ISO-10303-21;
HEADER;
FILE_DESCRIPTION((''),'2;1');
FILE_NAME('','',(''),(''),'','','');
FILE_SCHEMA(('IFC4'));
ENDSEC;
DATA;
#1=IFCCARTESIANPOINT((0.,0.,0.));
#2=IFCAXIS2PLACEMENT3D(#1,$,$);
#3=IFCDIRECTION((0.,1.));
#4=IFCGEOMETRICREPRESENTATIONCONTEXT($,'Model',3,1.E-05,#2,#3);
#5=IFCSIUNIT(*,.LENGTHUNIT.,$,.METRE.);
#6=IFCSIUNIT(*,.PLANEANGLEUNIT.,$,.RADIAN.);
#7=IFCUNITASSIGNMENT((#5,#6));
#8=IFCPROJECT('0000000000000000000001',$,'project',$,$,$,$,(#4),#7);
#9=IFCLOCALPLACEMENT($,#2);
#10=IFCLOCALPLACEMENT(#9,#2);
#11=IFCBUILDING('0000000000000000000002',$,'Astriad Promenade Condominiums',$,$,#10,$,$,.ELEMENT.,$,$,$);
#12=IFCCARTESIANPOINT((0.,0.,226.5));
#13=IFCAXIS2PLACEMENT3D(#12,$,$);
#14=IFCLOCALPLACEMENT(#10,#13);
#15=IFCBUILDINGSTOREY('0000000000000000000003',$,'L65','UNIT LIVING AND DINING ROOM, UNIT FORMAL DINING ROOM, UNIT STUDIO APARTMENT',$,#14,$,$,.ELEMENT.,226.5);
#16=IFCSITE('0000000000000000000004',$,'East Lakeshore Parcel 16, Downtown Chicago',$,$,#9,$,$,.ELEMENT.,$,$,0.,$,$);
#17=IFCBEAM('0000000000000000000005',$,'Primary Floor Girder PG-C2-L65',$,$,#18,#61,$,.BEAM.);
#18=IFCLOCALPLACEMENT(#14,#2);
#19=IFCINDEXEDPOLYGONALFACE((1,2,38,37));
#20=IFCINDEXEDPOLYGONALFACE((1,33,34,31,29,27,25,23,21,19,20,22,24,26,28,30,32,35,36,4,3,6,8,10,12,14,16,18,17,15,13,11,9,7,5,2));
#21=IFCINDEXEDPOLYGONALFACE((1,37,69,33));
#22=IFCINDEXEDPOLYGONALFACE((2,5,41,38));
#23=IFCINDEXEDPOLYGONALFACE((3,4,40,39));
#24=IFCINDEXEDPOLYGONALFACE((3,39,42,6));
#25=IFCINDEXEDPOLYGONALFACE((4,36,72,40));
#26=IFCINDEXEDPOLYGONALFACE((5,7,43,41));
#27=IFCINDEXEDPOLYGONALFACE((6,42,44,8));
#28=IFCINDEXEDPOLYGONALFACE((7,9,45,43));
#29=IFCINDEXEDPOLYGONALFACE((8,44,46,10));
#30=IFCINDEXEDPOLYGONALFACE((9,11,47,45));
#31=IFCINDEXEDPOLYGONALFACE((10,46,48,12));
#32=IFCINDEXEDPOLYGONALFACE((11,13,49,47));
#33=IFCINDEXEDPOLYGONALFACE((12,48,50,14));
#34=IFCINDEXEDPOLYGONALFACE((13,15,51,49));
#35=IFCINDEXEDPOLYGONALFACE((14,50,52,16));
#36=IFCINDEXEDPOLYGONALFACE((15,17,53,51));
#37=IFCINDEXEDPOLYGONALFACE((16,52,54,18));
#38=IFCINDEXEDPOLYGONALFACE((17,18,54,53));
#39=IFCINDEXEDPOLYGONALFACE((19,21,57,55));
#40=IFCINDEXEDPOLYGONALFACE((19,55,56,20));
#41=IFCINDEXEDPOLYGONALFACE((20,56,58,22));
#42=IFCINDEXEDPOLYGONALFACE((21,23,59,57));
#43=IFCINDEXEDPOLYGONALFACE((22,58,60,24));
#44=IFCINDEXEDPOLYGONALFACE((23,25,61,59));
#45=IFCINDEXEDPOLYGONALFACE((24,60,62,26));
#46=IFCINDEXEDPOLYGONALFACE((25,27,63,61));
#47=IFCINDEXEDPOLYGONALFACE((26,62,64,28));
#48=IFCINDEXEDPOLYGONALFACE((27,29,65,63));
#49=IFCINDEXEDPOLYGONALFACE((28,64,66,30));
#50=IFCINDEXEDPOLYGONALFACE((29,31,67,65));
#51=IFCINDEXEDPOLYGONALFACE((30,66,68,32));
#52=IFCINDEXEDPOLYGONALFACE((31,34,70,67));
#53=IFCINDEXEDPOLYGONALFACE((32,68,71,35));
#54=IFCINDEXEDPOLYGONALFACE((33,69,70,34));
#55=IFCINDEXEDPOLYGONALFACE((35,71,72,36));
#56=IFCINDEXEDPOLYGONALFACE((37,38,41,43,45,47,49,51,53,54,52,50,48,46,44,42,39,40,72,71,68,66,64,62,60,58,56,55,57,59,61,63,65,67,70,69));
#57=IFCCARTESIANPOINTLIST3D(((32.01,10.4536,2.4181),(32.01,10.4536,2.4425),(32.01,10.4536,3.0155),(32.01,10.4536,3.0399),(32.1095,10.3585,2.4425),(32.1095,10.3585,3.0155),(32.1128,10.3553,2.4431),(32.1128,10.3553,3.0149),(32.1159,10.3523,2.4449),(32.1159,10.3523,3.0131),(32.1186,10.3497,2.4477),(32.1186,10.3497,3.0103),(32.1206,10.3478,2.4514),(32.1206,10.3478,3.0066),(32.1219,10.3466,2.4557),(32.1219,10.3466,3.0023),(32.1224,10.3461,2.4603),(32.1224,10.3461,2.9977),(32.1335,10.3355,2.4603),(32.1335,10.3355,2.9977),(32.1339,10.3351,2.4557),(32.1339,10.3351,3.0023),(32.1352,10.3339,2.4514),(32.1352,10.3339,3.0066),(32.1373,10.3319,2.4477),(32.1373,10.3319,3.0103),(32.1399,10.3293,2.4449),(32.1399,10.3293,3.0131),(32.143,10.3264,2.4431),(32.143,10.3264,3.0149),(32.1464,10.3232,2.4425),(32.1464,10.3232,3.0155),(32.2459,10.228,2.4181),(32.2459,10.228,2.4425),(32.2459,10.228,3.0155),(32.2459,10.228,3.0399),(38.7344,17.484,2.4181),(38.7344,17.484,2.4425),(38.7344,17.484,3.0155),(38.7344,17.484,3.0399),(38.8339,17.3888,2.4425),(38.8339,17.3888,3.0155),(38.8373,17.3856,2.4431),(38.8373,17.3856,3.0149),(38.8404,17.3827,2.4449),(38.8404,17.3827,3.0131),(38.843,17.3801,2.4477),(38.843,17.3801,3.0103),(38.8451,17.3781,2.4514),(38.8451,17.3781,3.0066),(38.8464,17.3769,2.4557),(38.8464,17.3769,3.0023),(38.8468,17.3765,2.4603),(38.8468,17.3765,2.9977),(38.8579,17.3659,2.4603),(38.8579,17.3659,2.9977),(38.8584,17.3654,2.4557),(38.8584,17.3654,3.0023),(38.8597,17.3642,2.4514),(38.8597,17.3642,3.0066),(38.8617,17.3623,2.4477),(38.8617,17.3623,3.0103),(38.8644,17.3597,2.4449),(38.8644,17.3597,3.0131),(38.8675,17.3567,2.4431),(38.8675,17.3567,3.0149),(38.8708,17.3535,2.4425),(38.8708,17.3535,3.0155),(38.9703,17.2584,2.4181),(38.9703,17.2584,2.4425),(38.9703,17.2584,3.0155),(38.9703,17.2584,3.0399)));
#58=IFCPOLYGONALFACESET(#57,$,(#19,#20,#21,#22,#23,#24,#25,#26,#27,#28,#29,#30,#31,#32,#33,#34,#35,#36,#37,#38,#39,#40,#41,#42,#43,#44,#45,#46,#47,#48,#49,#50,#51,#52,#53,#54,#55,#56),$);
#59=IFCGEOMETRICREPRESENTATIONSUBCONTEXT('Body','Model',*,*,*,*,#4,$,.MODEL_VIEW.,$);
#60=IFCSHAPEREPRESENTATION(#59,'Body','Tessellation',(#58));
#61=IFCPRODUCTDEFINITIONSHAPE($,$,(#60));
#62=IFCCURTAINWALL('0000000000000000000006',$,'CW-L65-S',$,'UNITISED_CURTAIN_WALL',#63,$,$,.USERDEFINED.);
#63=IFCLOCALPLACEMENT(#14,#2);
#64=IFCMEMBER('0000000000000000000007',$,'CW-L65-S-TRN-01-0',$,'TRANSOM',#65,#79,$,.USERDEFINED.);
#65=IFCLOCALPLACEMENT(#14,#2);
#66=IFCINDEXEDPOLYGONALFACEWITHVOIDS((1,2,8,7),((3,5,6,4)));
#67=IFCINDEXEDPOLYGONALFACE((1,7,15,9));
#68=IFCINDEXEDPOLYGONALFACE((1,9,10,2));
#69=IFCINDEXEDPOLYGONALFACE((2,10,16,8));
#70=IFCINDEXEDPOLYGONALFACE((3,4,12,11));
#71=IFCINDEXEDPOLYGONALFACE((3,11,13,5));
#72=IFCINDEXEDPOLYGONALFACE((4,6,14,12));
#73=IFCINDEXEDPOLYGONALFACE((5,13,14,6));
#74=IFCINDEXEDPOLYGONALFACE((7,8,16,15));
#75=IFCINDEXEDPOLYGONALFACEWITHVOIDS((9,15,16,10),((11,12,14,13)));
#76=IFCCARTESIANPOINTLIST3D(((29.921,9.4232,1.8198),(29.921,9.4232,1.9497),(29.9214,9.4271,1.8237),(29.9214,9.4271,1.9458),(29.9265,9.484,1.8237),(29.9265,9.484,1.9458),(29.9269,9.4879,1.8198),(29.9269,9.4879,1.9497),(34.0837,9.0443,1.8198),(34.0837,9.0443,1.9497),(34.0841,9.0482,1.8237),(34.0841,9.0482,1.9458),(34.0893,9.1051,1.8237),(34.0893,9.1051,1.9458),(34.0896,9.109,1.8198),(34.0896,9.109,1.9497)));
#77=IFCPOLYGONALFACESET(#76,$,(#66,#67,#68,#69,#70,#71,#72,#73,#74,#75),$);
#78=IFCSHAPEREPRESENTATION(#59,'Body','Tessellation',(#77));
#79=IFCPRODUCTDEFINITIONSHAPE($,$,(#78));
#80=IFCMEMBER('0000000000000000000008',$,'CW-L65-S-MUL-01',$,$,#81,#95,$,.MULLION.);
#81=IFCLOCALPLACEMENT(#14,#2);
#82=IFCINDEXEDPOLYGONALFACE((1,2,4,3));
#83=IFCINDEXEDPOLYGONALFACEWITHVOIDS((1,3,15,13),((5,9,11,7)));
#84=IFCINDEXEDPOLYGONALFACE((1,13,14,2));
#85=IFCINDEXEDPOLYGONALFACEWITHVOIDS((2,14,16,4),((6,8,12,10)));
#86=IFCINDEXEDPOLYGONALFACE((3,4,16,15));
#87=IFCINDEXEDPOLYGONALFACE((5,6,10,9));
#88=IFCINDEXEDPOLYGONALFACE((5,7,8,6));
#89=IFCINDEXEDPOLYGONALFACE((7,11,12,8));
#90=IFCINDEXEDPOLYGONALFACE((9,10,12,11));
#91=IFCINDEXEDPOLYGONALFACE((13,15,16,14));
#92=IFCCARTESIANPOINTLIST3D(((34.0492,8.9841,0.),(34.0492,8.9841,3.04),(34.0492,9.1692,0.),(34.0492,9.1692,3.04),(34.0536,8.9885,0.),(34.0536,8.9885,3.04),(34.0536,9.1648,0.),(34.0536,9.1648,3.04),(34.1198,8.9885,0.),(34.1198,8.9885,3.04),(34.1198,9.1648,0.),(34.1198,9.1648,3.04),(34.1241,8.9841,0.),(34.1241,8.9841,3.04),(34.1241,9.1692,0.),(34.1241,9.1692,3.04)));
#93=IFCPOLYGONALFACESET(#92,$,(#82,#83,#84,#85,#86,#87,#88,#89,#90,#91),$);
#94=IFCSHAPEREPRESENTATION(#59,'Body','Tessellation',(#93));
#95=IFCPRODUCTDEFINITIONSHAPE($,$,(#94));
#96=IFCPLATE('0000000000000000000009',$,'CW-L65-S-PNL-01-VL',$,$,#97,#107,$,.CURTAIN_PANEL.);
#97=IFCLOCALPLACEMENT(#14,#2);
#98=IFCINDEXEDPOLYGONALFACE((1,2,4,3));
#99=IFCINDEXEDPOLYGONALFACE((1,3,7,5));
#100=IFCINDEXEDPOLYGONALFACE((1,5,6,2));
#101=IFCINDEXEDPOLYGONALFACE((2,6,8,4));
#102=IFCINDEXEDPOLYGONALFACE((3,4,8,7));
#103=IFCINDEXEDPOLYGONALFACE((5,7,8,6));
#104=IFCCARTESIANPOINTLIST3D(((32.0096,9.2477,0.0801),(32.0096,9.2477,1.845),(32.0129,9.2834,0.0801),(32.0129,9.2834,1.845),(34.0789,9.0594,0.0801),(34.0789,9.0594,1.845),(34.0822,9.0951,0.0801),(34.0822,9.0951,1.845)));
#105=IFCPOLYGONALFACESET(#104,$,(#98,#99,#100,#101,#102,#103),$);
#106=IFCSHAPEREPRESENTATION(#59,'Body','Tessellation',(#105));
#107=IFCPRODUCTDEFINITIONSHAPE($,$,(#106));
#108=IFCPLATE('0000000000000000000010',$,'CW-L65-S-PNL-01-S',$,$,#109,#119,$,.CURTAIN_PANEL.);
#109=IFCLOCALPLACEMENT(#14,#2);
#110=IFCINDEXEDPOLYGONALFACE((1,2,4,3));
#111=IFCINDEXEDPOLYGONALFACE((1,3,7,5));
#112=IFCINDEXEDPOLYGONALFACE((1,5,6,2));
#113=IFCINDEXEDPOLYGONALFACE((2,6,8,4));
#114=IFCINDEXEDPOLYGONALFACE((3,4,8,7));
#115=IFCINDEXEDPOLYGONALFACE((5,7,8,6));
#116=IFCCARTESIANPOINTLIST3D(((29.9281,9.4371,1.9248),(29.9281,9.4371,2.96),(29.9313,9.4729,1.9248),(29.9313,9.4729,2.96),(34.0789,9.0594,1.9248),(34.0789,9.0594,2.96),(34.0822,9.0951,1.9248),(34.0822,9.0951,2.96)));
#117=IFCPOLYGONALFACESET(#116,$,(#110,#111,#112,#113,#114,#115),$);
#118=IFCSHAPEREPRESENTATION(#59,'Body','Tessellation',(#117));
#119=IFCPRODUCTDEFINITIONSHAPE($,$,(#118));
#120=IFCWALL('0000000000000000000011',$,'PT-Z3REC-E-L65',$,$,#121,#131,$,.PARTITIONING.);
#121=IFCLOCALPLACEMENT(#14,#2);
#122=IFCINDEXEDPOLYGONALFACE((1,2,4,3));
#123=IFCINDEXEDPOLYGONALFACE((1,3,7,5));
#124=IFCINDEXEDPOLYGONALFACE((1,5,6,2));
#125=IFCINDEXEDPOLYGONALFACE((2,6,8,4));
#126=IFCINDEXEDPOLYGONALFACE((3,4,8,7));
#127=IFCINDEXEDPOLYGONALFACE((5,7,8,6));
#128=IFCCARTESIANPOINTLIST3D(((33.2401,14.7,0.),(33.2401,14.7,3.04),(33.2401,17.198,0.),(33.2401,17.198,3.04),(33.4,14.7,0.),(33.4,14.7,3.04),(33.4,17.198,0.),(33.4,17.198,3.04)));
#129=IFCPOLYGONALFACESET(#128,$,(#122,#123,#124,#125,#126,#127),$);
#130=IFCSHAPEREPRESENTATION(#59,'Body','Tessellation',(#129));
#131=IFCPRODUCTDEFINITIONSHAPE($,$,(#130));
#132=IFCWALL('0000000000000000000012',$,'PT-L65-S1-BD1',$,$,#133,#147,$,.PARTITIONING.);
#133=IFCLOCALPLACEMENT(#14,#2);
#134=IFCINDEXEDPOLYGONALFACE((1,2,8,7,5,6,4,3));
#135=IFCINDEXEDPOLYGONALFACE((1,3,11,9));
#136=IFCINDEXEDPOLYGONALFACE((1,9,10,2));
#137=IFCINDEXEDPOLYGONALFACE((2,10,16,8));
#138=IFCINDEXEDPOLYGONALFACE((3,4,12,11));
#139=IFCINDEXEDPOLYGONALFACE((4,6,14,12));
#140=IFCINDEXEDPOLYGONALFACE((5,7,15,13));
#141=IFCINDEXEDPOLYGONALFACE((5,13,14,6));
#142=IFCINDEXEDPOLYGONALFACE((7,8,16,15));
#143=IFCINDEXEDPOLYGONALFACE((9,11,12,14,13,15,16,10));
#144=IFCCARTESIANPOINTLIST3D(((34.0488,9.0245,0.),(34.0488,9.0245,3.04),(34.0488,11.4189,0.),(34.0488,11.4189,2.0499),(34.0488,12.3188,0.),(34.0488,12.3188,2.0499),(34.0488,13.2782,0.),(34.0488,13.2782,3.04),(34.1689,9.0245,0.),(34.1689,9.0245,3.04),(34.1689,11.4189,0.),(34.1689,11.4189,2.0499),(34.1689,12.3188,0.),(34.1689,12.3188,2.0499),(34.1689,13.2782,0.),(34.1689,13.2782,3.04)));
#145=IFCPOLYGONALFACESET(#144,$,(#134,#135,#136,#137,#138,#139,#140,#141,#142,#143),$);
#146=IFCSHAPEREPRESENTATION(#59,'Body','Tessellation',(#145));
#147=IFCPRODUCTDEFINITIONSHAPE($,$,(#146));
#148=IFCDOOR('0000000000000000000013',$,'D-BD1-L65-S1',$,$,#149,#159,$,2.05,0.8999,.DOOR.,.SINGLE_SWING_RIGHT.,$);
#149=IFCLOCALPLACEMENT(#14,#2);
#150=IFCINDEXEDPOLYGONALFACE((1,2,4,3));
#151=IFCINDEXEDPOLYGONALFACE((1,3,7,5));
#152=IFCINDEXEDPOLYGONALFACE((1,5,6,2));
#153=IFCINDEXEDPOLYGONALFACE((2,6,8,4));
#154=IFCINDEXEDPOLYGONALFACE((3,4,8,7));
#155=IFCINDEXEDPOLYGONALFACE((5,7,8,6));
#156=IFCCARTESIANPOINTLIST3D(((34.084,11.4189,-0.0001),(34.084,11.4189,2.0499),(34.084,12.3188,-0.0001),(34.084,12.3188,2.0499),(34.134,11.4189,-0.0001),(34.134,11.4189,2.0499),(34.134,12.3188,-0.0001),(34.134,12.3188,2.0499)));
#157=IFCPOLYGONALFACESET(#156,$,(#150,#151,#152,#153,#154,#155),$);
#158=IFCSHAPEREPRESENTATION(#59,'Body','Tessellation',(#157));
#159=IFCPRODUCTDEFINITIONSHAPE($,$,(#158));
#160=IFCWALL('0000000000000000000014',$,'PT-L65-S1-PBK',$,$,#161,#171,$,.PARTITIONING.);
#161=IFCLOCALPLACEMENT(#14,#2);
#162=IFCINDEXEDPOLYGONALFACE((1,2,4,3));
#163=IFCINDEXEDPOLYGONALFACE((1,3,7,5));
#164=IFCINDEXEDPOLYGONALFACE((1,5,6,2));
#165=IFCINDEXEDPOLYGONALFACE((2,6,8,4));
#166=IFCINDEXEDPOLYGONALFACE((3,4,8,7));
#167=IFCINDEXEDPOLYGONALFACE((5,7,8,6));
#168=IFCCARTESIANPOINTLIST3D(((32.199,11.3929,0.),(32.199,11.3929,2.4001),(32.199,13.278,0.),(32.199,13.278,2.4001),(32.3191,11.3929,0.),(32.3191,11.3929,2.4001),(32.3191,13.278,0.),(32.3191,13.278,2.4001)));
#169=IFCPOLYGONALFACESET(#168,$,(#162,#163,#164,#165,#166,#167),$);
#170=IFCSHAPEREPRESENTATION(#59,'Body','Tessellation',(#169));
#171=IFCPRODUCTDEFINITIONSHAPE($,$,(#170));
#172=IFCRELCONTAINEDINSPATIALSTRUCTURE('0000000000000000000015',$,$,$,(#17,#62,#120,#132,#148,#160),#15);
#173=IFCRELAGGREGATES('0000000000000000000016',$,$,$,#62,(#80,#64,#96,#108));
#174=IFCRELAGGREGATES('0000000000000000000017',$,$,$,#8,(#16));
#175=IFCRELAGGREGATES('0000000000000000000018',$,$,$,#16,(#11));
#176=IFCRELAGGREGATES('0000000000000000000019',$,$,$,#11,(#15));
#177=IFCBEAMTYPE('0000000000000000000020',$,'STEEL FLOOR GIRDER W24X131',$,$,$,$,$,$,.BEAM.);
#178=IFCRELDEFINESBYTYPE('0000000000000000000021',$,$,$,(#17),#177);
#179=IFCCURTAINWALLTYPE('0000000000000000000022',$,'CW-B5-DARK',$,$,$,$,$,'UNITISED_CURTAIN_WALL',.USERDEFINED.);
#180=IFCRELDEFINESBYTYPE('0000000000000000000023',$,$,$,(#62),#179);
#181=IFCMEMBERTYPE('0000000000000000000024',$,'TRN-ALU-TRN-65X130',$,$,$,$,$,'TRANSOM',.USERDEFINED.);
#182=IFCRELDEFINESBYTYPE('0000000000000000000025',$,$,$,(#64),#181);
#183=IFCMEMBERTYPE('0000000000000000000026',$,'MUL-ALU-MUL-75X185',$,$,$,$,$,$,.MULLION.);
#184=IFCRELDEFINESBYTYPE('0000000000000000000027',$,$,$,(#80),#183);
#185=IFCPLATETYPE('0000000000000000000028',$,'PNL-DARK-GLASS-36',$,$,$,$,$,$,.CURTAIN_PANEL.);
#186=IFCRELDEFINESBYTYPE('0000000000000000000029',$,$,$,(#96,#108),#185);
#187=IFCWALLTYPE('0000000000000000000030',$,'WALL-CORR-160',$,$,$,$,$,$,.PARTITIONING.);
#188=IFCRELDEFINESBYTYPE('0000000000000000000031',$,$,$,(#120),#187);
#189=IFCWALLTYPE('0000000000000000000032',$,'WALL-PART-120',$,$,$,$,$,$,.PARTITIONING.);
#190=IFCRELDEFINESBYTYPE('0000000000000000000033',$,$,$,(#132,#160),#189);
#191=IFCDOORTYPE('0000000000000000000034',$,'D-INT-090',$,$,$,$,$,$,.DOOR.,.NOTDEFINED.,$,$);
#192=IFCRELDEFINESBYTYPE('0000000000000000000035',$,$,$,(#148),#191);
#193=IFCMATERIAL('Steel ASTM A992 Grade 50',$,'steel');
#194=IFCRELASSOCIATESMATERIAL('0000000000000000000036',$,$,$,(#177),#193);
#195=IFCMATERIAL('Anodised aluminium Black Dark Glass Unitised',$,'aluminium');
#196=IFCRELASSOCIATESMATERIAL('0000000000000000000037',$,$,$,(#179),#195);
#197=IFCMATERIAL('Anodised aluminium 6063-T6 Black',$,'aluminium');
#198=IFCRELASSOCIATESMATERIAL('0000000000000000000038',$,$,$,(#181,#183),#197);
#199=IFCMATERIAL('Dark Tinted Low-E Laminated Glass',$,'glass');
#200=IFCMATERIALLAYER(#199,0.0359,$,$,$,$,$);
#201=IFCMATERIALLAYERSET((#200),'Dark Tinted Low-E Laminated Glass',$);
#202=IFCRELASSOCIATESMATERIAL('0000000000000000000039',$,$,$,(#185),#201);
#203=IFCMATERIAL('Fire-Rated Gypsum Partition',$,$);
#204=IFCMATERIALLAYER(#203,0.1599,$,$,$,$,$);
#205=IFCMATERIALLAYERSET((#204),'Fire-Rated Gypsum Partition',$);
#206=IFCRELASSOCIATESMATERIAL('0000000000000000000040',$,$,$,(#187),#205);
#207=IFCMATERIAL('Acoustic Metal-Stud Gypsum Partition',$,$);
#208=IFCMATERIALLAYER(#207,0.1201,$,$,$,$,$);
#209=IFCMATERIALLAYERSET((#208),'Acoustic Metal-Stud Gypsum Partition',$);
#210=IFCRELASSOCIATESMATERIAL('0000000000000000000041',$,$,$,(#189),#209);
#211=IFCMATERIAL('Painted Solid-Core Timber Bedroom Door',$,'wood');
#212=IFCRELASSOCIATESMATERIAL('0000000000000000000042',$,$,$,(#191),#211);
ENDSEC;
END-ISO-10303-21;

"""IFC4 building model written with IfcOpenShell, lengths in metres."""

from ifc_helpers import new_model, si_unit, direction, frame, frame_2d, origin, origin_2d, place, context, subcontext, project, spatial, rectangle, hollow_rectangle, i_section, extrude, source, transform, mapped, material, layer, layer_set, material_profile, profile_set, type_object, type_shapes, element, fill, aggregate, save


model = new_model("IFC4")

# Units and contexts
model_context = context("Model", 3, precision=1e-05, world=origin(), true_north=direction((0.0, 1.0)))
body_context = subcontext(model_context, "Body", "Model", "MODEL_VIEW")
ifc_project = project(units=[si_unit("LENGTHUNIT", "METRE"), si_unit("PLANEANGLEUNIT", "RADIAN")], contexts=[model_context])

# Site, building, storey
site_placement = place(None, origin())
site = spatial("IfcSite", under=ifc_project, at=site_placement, Name="East Lakeshore Parcel 16, Downtown Chicago", CompositionType="ELEMENT", RefElevation=0.0)
building_placement = place(site_placement, origin())
building = spatial("IfcBuilding", under=site, at=building_placement, Name="Astriad Promenade Condominiums", CompositionType="ELEMENT")
storey_placement = place(building_placement, frame((0.0, 0.0, 226.5)))
storey = spatial("IfcBuildingStorey", under=building, at=storey_placement, Name="L65", Description="UNIT LIVING AND DINING ROOM, UNIT FORMAL DINING ROOM, UNIT STUDIO APARTMENT", CompositionType="ELEMENT", Elevation=226.5)

# Shared definitions
ifc_material_1 = material(Name="Steel ASTM A992 Grade 50", Category="steel")

# Beam
ifc_material_profile_1 = material_profile(ifc_material_1, i_section(OverallWidth=0.3264, OverallDepth=0.6218, WebThickness=0.0154, FlangeThickness=0.0244, FilletRadius=0.0178, at=origin_2d()), Name="W24X131")
ifc_profile_set_1 = profile_set([ifc_material_profile_1], Name="Steel ASTM A992 Grade 50")
beam_type_1 = type_object("IfcBeamType", Name="STEEL FLOOR GIRDER W24X131", PredefinedType="BEAM", material=ifc_profile_set_1)
shared_shape_1 = source(origin(), body_context, "Body", "SweptSolid", [
    extrude(i_section(OverallWidth=0.3264, OverallDepth=0.6218, WebThickness=0.0154, FlangeThickness=0.0244, FilletRadius=0.0178, at=origin_2d()), origin(), (0.0, 0.0, 1.0), 9.7285),
])
beam_1_placement = place(storey_placement, frame((32.1279, 10.3408, 2.729), z_axis=(0.69121, 0.722654, 0.0), x_axis=(-0.722654, 0.69121, 0.0)))
element("IfcBeam", 1, at=beam_1_placement, inside=storey, type_object=beam_type_1, Name="Primary Floor Girder PG-C2-L65", PredefinedType="BEAM", context=body_context, shape_type="MappedRepresentation", body=[
    mapped(shared_shape_1, transform((0.0, 0.0, 0.0), scale=1.0)),
])

# Curtain wall, members, plates
ifc_material_2 = material(Name="Anodised aluminium Black Dark Glass Unitised", Category="aluminium")
curtain_wall_type = type_object("IfcCurtainWallType", Name="CW-B5-DARK", ElementType="UNITISED_CURTAIN_WALL", PredefinedType="USERDEFINED", material=ifc_material_2)
curtain_wall_placement = place(storey_placement, origin())
curtain_wall = element("IfcCurtainWall", 2, at=curtain_wall_placement, inside=storey, type_object=curtain_wall_type, Name="CW-L65-S", ObjectType="UNITISED_CURTAIN_WALL", PredefinedType="USERDEFINED")
ifc_material_3 = material(Name="Anodised aluminium 6063-T6 Black", Category="aluminium")
ifc_material_profile_2 = material_profile(ifc_material_3, hollow_rectangle(XDim=0.0649, YDim=0.1299, WallThickness=0.0039, at=origin_2d()), Name="ALU-TRN-65X130")
ifc_profile_set_2 = profile_set([ifc_material_profile_2], Name="Anodised aluminium 6063-T6 Black")
member_type_1 = type_object("IfcMemberType", Name="TRN-ALU-TRN-65X130", ElementType="TRANSOM", PredefinedType="USERDEFINED", material=ifc_profile_set_2)
shared_shape_2 = source(origin(), body_context, "Body", "SweptSolid", [
    extrude(hollow_rectangle(XDim=0.0649, YDim=0.1299, WallThickness=0.0039, at=origin_2d()), origin(), (0.0, 0.0, 1.0), 4.1799),
])
type_shapes(member_type_1, [shared_shape_2])
member_1_placement = place(storey_placement, frame((34.0867, 9.0767, 1.8848), z_axis=(-0.995883, 0.090646, 0.0), x_axis=(-0.090646, -0.995883, 0.0)))
member_1 = element("IfcMember", 3, at=member_1_placement, type_object=member_type_1, Name="CW-L65-S-TRN-01-0", ObjectType="TRANSOM", PredefinedType="USERDEFINED", context=body_context, shape_type="MappedRepresentation", body=[
    mapped(shared_shape_2, transform((0.0, 0.0, 0.0), scale=1.0)),
])
ifc_material_profile_3 = material_profile(ifc_material_3, hollow_rectangle(XDim=0.075, YDim=0.1851, WallThickness=0.0044, at=origin_2d()), Name="ALU-MUL-75X185")
ifc_profile_set_3 = profile_set([ifc_material_profile_3], Name="Anodised aluminium 6063-T6 Black")
member_type_2 = type_object("IfcMemberType", Name="MUL-ALU-MUL-75X185", PredefinedType="MULLION", material=ifc_profile_set_3)
shared_shape_3 = source(origin(), body_context, "Body", "SweptSolid", [
    extrude(hollow_rectangle(XDim=0.075, YDim=0.1851, WallThickness=0.0044, at=origin_2d()), origin(), (0.0, 0.0, 1.0), 3.04),
])
type_shapes(member_type_2, [shared_shape_3])
member_2_placement = place(storey_placement, frame((34.0867, 9.0767, 0.0), z_axis=(0.0, 0.0, 1.0), x_axis=(1.0, 0.0, 0.0)))
member_2 = element("IfcMember", 4, at=member_2_placement, type_object=member_type_2, Name="CW-L65-S-MUL-01", PredefinedType="MULLION", context=body_context, shape_type="MappedRepresentation", body=[
    mapped(shared_shape_3, transform((0.0, 0.0, 0.0), scale=1.0)),
])
ifc_material_4 = material(Name="Dark Tinted Low-E Laminated Glass", Category="glass")
ifc_layer_1 = layer(ifc_material_4, 0.0359)
ifc_layer_set_1 = layer_set([ifc_layer_1], Name="Dark Tinted Low-E Laminated Glass")
plate_type = type_object("IfcPlateType", Name="PNL-DARK-GLASS-36", PredefinedType="CURTAIN_PANEL", material=ifc_layer_set_1)
shared_shape_4 = source(origin(), body_context, "Body", "SweptSolid", [
    extrude(rectangle(XDim=2.0779, YDim=0.0359, at=origin_2d()), origin(), (0.0, 0.0, 1.0), 1.7649),
])
plate_1_placement = place(storey_placement, frame((33.0459, 9.1714, 0.0801), z_axis=(0.0, 0.0, 1.0), x_axis=(-0.995884, 0.090633, 0.0)))
plate_1 = element("IfcPlate", 5, at=plate_1_placement, type_object=plate_type, Name="CW-L65-S-PNL-01-VL", PredefinedType="CURTAIN_PANEL", context=body_context, shape_type="MappedRepresentation", body=[
    mapped(shared_shape_4, transform((0.0, 0.0, 0.0), scale=1.0)),
])
shared_shape_5 = source(origin(), body_context, "Body", "SweptSolid", [
    extrude(rectangle(XDim=4.168, YDim=0.0359, at=origin_2d()), origin(), (0.0, 0.0, 1.0), 1.0352),
])
type_shapes(plate_type, [shared_shape_4, shared_shape_5])
plate_2_placement = place(storey_placement, frame((32.0051, 9.2661, 1.9248), z_axis=(0.0, 0.0, 1.0), x_axis=(-0.995884, 0.090633, 0.0)))
plate_2 = element("IfcPlate", 6, at=plate_2_placement, type_object=plate_type, Name="CW-L65-S-PNL-01-S", PredefinedType="CURTAIN_PANEL", context=body_context, shape_type="MappedRepresentation", body=[
    mapped(shared_shape_5, transform((0.0, 0.0, 0.0), scale=1.0)),
])
aggregate(curtain_wall, [member_2, member_1, plate_1, plate_2])

# Wall
ifc_material_5 = material(Name="Fire-Rated Gypsum Partition")
ifc_layer_2 = layer(ifc_material_5, 0.1599)
ifc_layer_set_2 = layer_set([ifc_layer_2], Name="Fire-Rated Gypsum Partition")
wall_type_1 = type_object("IfcWallType", Name="WALL-CORR-160", PredefinedType="PARTITIONING", material=ifc_layer_set_2)
wall_1_placement = place(storey_placement, frame((33.3201, 14.7, 0.0), z_axis=(0.0, 0.0, 1.0), x_axis=(0.0, 1.0, 0.0)))
element("IfcWall", 7, at=wall_1_placement, inside=storey, type_object=wall_type_1, Name="PT-Z3REC-E-L65", PredefinedType="PARTITIONING", context=body_context, shape_type="SweptSolid", body=[
    extrude(rectangle(XDim=2.498, YDim=0.1599, at=frame_2d((1.249, 0.0))), origin(), (0.0, 0.0, 1.0), 3.04),
])

# Wall, opening, door
ifc_material_6 = material(Name="Acoustic Metal-Stud Gypsum Partition")
ifc_layer_3 = layer(ifc_material_6, 0.1201)
ifc_layer_set_3 = layer_set([ifc_layer_3], Name="Acoustic Metal-Stud Gypsum Partition")
wall_type_2 = type_object("IfcWallType", Name="WALL-PART-120", PredefinedType="PARTITIONING", material=ifc_layer_set_3)
wall_2_placement = place(storey_placement, frame((34.1089, 9.0244, 0.0), z_axis=(0.0, 0.0, 1.0), x_axis=(0.0, 1.0, 0.0)))
wall_2 = element("IfcWall", 8, at=wall_2_placement, inside=storey, type_object=wall_type_2, Name="PT-L65-S1-BD1", PredefinedType="PARTITIONING", context=body_context, shape_type="SweptSolid", body=[
    extrude(rectangle(XDim=4.2537, YDim=0.1201, at=frame_2d((2.127, 0.0))), origin(), (0.0, 0.0, 1.0), 3.04),
])
opening_placement = place(wall_2_placement, frame((2.3945, 0.0, 0.0)))
opening = element("IfcOpeningElement", 9, at=opening_placement, cuts=wall_2, PredefinedType="OPENING", context=body_context, shape_type="SweptSolid", body=[
    extrude(rectangle(XDim=0.8999, YDim=2.05, at=frame_2d((0.45, 1.0249))), frame((0.0, 0.0701, 0.0), z_axis=(0.0, -1.0, 0.0), x_axis=(1.0, 0.0, 0.0)), (0.0, 0.0, 1.0), 0.1401),
])
ifc_material_7 = material(Name="Painted Solid-Core Timber Bedroom Door", Category="wood")
door_type = type_object("IfcDoorType", Name="D-INT-090", OperationType="NOTDEFINED", PredefinedType="DOOR", material=ifc_material_7)
shared_shape_6 = source(origin(), body_context, "Body", "SweptSolid", [
    extrude(rectangle(XDim=0.8999, YDim=2.05, at=frame_2d((0.45, 1.0249))), frame((0.0, 0.0249, 0.0), z_axis=(0.0, -1.0, 0.0), x_axis=(1.0, 0.0, 0.0)), (0.0, 0.0, 1.0), 0.05),
])
type_shapes(door_type, [shared_shape_6])
door_placement = place(opening_placement, origin())
door = element("IfcDoor", 10, at=door_placement, inside=storey, type_object=door_type, Name="D-BD1-L65-S1", OperationType="SINGLE_SWING_RIGHT", OverallHeight=2.05, OverallWidth=0.8999, PredefinedType="DOOR", context=body_context, shape_type="MappedRepresentation", body=[
    mapped(shared_shape_6, transform((0.0, 0.0, 0.0), scale=1.0)),
])
fill(opening, door)

# Wall
wall_3_placement = place(storey_placement, frame((32.259, 11.3931, 0.0), z_axis=(0.0, 0.0, 1.0), x_axis=(0.0, 1.0, 0.0)))
element("IfcWall", 11, at=wall_3_placement, inside=storey, type_object=wall_type_2, Name="PT-L65-S1-PBK", PredefinedType="PARTITIONING", context=body_context, shape_type="SweptSolid", body=[
    extrude(rectangle(XDim=1.885, YDim=0.1201, at=frame_2d((0.9424, 0.0))), origin(), (0.0, 0.0, 1.0), 2.4001),
])

save(model, "model.ifc")
